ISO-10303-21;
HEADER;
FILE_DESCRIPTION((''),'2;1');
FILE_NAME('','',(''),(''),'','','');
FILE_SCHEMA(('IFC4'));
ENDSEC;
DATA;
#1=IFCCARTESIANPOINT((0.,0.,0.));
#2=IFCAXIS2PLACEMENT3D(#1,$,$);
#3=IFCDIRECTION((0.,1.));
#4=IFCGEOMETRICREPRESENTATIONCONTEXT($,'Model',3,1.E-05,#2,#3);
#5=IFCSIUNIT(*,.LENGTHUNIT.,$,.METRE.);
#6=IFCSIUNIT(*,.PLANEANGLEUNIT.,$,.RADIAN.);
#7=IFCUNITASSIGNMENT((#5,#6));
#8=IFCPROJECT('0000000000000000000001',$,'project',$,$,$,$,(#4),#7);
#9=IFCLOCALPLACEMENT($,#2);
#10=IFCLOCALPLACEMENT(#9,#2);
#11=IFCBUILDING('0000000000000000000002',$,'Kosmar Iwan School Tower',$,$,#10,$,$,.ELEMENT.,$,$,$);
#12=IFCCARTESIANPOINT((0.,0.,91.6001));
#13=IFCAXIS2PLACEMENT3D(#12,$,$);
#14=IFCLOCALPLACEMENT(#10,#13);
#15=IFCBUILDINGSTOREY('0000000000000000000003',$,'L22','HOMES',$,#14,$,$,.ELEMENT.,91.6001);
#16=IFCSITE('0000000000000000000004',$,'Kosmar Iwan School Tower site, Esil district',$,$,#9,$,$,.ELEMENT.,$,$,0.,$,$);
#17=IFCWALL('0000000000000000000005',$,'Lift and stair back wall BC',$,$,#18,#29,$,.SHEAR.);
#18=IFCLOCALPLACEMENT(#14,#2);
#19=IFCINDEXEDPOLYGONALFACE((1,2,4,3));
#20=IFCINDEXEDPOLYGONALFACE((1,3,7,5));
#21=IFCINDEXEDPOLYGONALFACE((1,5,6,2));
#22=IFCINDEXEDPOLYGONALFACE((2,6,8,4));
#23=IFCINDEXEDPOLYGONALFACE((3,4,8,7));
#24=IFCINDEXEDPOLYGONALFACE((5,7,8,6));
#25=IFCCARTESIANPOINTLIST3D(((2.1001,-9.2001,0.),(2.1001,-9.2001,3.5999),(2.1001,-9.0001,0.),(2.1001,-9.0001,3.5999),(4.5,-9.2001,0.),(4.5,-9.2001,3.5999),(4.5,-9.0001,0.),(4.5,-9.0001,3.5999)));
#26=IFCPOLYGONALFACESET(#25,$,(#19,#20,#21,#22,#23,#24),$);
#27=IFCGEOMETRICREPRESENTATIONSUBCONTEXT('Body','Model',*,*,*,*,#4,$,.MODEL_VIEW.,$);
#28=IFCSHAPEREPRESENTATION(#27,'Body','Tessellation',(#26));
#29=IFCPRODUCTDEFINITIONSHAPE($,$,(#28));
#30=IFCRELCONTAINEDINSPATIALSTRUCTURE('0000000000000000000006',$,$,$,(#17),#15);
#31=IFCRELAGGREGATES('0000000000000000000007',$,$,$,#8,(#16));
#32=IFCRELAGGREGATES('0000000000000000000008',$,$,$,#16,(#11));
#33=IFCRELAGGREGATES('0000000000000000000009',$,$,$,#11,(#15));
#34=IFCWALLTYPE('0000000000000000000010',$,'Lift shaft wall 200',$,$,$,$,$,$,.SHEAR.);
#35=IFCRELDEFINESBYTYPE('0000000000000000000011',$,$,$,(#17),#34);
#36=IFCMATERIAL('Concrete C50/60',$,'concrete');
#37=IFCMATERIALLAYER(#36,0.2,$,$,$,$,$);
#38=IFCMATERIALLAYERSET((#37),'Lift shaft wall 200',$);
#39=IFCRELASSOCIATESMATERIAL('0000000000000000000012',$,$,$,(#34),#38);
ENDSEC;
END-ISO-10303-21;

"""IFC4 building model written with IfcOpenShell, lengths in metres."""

from ifc_helpers import new_model, si_unit, direction, frame, frame_2d, origin, place, context, subcontext, project, spatial, rectangle, extrude, material, layer, layer_set, type_object, element, save


model = new_model("IFC4")

# Units and contexts
model_context = context("Model", 3, precision=1e-05, world=origin(), true_north=direction((0.0, 1.0)))
body_context = subcontext(model_context, "Body", "Model", "MODEL_VIEW")
ifc_project = project(units=[si_unit("LENGTHUNIT", "METRE"), si_unit("PLANEANGLEUNIT", "RADIAN")], contexts=[model_context])

# Site, building, storey
site_placement = place(None, origin())
site = spatial("IfcSite", under=ifc_project, at=site_placement, Name="Kosmar Iwan School Tower site, Esil district", CompositionType="ELEMENT", RefElevation=0.0)
building_placement = place(site_placement, origin())
building = spatial("IfcBuilding", under=site, at=building_placement, Name="Kosmar Iwan School Tower", CompositionType="ELEMENT")
storey_placement = place(building_placement, frame((0.0, 0.0, 91.6001)))
storey = spatial("IfcBuildingStorey", under=building, at=storey_placement, Name="L22", Description="HOMES", CompositionType="ELEMENT", Elevation=91.6001)

# Wall
ifc_material_1 = material(Name="Concrete C50/60", Category="concrete")
ifc_layer_1 = layer(ifc_material_1, 0.2)
ifc_layer_set_1 = layer_set([ifc_layer_1], Name="Lift shaft wall 200")
wall_type_1 = type_object("IfcWallType", Name="Lift shaft wall 200", PredefinedType="SHEAR", material=ifc_layer_set_1)
wall_1_placement = place(storey_placement, frame((2.1001, -9.1001, 0.0), z_axis=(0.0, 0.0, 1.0), x_axis=(1.0, 0.0, 0.0)))
element("IfcWall", 1, at=wall_1_placement, inside=storey, type_object=wall_type_1, Name="Lift and stair back wall BC", PredefinedType="SHEAR", context=body_context, shape_type="SweptSolid", body=[
    extrude(rectangle(XDim=2.3999, YDim=0.2, at=frame_2d((1.2, 0.0))), origin(), (0.0, 0.0, 1.0), 3.5999),
])

save(model, "model.ifc")
